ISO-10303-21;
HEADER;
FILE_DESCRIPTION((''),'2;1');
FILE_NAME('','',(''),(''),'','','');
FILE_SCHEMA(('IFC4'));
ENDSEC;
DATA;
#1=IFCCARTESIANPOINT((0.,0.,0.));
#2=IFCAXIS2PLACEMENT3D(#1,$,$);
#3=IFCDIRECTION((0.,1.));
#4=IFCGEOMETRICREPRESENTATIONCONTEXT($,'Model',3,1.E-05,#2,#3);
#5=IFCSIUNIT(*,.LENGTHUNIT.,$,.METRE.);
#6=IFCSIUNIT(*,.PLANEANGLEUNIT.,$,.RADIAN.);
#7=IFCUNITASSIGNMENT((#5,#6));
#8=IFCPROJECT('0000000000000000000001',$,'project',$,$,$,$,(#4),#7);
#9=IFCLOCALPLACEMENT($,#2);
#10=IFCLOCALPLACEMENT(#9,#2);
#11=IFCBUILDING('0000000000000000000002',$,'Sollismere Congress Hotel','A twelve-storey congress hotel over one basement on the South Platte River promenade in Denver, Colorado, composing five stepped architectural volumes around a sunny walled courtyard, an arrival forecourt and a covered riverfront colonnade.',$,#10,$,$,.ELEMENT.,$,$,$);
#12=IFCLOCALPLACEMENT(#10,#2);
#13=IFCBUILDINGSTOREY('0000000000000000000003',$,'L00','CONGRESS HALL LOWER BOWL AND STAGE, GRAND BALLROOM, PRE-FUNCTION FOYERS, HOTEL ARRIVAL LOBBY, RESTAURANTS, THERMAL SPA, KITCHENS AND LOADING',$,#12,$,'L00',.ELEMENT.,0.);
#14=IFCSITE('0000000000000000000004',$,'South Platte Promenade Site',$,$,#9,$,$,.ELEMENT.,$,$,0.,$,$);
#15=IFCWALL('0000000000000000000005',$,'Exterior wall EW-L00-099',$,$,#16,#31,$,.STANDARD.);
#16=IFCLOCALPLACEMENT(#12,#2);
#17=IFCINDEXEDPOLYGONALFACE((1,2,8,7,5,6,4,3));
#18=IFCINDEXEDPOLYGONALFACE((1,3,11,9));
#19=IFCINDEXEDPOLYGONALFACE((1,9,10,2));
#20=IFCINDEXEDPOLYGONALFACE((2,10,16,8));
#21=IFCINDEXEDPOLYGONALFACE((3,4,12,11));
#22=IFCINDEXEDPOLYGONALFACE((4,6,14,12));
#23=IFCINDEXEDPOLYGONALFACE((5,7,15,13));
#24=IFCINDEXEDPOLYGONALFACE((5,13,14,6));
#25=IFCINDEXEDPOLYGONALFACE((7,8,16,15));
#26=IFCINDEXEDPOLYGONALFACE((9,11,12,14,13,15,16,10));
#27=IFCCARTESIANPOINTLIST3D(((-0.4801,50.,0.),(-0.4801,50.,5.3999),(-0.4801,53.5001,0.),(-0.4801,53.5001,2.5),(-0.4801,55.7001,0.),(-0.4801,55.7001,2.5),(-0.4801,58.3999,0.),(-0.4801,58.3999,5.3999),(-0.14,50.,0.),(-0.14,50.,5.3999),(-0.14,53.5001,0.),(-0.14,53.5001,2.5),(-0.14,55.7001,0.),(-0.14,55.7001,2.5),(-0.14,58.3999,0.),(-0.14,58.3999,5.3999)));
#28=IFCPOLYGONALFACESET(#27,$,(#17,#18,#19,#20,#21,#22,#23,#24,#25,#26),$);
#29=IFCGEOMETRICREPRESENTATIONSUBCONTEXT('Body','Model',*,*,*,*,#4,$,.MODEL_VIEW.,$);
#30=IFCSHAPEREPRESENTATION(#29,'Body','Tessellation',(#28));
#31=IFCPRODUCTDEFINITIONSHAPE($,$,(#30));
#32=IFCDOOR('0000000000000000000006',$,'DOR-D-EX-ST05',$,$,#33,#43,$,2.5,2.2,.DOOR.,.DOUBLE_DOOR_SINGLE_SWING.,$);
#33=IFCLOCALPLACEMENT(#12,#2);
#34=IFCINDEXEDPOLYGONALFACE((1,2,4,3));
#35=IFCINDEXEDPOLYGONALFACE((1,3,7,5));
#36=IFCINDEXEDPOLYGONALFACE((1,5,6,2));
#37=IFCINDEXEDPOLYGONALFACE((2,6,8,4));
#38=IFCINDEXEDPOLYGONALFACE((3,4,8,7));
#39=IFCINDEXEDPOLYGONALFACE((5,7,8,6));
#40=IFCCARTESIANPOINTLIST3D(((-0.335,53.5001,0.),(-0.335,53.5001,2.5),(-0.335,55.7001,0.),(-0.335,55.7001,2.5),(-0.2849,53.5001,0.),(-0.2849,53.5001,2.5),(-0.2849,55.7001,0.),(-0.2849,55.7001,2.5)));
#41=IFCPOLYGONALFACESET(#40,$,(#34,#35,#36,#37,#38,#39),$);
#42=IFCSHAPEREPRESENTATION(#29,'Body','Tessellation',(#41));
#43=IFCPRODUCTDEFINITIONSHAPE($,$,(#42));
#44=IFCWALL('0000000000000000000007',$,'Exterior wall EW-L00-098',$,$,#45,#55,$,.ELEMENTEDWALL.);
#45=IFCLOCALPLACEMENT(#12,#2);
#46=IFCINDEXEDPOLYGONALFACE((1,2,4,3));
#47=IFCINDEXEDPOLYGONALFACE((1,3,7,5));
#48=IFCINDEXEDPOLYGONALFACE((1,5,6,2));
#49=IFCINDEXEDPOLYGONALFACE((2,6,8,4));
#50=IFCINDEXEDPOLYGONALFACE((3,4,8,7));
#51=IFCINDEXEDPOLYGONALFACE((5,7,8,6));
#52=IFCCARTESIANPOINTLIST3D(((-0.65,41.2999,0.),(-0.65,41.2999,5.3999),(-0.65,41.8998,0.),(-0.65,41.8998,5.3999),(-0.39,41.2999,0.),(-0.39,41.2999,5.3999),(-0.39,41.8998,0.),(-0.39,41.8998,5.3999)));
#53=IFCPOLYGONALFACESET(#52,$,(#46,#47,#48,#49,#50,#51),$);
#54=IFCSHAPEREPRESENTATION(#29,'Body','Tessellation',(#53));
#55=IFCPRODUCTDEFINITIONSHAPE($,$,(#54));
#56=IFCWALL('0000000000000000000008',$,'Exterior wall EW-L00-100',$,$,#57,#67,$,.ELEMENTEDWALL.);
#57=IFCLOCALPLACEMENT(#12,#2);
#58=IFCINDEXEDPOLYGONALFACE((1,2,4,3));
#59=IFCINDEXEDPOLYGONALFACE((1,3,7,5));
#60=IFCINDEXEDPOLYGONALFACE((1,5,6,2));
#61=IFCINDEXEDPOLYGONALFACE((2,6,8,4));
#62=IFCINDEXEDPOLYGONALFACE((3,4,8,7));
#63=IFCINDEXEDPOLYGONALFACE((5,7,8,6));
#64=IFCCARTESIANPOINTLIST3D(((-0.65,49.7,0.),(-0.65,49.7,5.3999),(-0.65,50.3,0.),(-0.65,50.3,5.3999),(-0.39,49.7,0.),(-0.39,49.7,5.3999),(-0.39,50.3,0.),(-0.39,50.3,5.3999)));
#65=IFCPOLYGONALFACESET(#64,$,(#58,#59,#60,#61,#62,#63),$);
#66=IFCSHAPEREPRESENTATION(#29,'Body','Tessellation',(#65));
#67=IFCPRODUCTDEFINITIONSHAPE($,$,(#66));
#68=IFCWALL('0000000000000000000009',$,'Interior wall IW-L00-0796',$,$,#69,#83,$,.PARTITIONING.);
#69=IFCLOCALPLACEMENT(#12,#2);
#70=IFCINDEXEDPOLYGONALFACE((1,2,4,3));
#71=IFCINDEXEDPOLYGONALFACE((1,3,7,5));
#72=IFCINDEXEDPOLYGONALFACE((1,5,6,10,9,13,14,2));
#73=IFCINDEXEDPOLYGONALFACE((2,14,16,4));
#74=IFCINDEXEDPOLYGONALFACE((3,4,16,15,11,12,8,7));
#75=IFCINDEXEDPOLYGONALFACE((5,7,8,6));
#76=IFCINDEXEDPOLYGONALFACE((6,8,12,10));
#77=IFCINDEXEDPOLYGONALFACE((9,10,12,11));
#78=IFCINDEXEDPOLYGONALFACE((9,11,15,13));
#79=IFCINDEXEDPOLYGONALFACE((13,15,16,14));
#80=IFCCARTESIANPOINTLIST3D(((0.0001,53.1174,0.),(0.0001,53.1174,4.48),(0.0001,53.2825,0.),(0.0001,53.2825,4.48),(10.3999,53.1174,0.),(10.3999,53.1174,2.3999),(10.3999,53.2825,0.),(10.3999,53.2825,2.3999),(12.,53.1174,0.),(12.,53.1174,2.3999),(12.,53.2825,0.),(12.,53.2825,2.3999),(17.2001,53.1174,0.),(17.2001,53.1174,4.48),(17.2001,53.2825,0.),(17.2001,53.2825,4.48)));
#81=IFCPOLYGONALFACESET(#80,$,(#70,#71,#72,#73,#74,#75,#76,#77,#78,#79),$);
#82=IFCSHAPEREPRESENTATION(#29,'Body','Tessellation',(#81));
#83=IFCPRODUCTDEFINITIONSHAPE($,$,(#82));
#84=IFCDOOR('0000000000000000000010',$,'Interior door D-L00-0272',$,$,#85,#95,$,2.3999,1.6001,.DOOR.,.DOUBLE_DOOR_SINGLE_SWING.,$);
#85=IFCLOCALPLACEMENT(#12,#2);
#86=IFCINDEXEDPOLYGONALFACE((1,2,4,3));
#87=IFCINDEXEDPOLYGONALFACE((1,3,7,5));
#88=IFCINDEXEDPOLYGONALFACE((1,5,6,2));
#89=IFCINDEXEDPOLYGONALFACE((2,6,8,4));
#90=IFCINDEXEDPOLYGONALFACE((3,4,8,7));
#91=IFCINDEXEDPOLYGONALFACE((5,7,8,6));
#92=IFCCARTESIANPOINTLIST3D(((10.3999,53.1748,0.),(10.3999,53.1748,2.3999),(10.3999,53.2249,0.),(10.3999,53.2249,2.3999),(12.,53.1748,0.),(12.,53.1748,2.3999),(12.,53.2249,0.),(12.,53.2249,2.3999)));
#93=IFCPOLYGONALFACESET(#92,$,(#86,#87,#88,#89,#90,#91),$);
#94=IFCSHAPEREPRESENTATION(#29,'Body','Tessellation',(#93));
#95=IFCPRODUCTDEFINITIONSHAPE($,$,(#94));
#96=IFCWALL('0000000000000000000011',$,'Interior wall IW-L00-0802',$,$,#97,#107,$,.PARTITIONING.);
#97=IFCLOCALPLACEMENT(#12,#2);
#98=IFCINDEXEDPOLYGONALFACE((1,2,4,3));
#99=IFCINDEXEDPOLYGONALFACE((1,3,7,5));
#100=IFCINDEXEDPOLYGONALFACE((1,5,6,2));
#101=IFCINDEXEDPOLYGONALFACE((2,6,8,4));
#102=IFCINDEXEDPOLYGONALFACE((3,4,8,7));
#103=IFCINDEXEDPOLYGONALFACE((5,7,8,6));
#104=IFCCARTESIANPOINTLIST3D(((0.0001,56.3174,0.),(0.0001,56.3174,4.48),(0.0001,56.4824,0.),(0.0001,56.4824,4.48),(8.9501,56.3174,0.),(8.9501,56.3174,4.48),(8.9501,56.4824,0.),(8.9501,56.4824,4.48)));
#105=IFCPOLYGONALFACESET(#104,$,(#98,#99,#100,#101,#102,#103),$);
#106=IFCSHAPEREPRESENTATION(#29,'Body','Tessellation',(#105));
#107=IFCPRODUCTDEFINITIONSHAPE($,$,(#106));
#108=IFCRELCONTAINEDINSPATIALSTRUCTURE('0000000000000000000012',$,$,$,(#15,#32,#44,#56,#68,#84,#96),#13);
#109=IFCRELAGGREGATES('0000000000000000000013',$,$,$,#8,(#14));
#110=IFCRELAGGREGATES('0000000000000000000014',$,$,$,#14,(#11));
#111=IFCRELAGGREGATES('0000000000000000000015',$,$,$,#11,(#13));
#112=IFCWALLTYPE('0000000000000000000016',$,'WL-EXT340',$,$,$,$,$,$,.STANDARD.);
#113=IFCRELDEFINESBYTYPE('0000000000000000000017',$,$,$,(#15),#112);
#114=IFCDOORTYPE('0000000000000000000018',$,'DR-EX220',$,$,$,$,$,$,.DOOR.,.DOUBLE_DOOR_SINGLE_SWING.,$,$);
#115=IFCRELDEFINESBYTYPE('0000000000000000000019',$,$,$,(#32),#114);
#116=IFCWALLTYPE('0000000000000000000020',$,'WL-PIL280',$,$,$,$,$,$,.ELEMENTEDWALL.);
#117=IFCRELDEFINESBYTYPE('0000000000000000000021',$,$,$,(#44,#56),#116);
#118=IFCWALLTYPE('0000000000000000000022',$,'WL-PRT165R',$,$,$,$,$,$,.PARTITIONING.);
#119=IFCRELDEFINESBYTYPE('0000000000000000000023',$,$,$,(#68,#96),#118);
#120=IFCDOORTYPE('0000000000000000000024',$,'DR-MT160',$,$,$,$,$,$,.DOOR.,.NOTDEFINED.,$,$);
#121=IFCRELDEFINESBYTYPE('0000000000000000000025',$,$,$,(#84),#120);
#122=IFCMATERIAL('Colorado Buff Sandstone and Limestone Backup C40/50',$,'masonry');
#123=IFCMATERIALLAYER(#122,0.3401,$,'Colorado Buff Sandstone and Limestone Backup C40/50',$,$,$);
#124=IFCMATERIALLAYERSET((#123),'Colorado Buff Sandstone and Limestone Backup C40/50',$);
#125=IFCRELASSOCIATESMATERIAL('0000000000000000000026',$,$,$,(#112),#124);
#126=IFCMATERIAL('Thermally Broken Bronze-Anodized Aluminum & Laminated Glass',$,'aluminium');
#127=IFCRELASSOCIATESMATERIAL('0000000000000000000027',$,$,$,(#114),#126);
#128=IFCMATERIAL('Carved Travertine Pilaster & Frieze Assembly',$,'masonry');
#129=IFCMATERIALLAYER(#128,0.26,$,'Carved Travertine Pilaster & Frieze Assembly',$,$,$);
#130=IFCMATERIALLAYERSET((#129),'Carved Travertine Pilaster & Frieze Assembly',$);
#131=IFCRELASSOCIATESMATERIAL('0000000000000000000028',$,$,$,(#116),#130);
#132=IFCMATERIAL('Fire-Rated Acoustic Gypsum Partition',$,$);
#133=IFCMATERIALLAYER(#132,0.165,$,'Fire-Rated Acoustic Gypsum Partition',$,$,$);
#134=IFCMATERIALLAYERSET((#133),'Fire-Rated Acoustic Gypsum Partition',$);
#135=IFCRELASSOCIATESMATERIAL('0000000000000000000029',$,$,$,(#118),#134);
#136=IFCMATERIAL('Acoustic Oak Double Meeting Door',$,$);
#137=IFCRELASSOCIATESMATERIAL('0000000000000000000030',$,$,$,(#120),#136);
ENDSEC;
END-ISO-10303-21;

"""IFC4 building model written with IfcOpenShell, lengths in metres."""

from ifc_helpers import new_model, si_unit, direction, frame, frame_2d, origin, place, context, subcontext, project, spatial, rectangle, extrude, material, layer, layer_set, type_object, element, fill, save


model = new_model("IFC4")

# Units and contexts
model_context = context("Model", 3, precision=1e-05, world=origin(), true_north=direction((0.0, 1.0)))
body_context = subcontext(model_context, "Body", "Model", "MODEL_VIEW")
ifc_project = project(units=[si_unit("LENGTHUNIT", "METRE"), si_unit("PLANEANGLEUNIT", "RADIAN")], contexts=[model_context])

# Site, building, storey
site_placement = place(None, origin())
site = spatial("IfcSite", under=ifc_project, at=site_placement, Name="South Platte Promenade Site", CompositionType="ELEMENT", RefElevation=0.0)
building_placement = place(site_placement, origin())
building = spatial("IfcBuilding", under=site, at=building_placement, Name="Sollismere Congress Hotel", Description="A twelve-storey congress hotel over one basement on the South Platte River promenade in Denver, Colorado, composing five stepped architectural volumes around a sunny walled courtyard, an arrival forecourt and a covered riverfront colonnade.", CompositionType="ELEMENT")
storey_placement = place(building_placement, origin())
storey = spatial("IfcBuildingStorey", under=building, at=storey_placement, Name="L00", Description="CONGRESS HALL LOWER BOWL AND STAGE, GRAND BALLROOM, PRE-FUNCTION FOYERS, HOTEL ARRIVAL LOBBY, RESTAURANTS, THERMAL SPA, KITCHENS AND LOADING", LongName="L00", CompositionType="ELEMENT", Elevation=0.0)

# Wall, opening, door
ifc_material_1 = material(Name="Colorado Buff Sandstone and Limestone Backup C40/50", Category="masonry")
ifc_layer_1 = layer(ifc_material_1, 0.3401, Name="Colorado Buff Sandstone and Limestone Backup C40/50")
ifc_layer_set_1 = layer_set([ifc_layer_1], Name="Colorado Buff Sandstone and Limestone Backup C40/50")
wall_type_1 = type_object("IfcWallType", Name="WL-EXT340", PredefinedType="STANDARD", material=ifc_layer_set_1)
ifc_material_2 = material(Name="Thermally Broken Bronze-Anodized Aluminum & Laminated Glass", Category="aluminium")
wall_1_placement = place(storey_placement, frame((-0.3101, 50.0, 0.0), z_axis=(0.0, 0.0, 1.0), x_axis=(0.0, 1.0, 0.0)))
wall_1 = element("IfcWall", 1, at=wall_1_placement, inside=storey, type_object=wall_type_1, Name="Exterior wall EW-L00-099", PredefinedType="STANDARD", context=body_context, shape_type="SweptSolid", body=[
    extrude(rectangle(XDim=8.3999, YDim=0.3401, at=frame_2d((4.2, 0.0))), origin(), (0.0, 0.0, 1.0), 5.3999),
])
opening_1_placement = place(wall_1_placement, frame((3.5, 0.0, 0.0)))
opening_1 = element("IfcOpeningElement", 2, at=opening_1_placement, cuts=wall_1, PredefinedType="OPENING", context=body_context, shape_type="SweptSolid", body=[
    extrude(rectangle(XDim=2.2, YDim=2.5, at=frame_2d((1.1001, 1.25))), frame((0.0, 0.1799, 0.0), z_axis=(0.0, -1.0, 0.0), x_axis=(1.0, 0.0, 0.0)), (0.0, 0.0, 1.0), 0.3601),
])
door_type_1 = type_object("IfcDoorType", Name="DR-EX220", OperationType="DOUBLE_DOOR_SINGLE_SWING", PredefinedType="DOOR", material=ifc_material_2)
door_1_placement = place(opening_1_placement, origin())
door_1 = element("IfcDoor", 3, at=door_1_placement, inside=storey, type_object=door_type_1, Name="DOR-D-EX-ST05", OperationType="DOUBLE_DOOR_SINGLE_SWING", OverallHeight=2.5, OverallWidth=2.2, PredefinedType="DOOR", context=body_context, shape_type="SweptSolid", body=[
    extrude(rectangle(XDim=2.2, YDim=2.5, at=frame_2d((1.1001, 1.25))), frame((0.0, 0.0249, 0.0), z_axis=(0.0, -1.0, 0.0), x_axis=(1.0, 0.0, 0.0)), (0.0, 0.0, 1.0), 0.05),
])
fill(opening_1, door_1)

# Walls
ifc_material_3 = material(Name="Carved Travertine Pilaster & Frieze Assembly", Category="masonry")
ifc_layer_2 = layer(ifc_material_3, 0.26, Name="Carved Travertine Pilaster & Frieze Assembly")
ifc_layer_set_2 = layer_set([ifc_layer_2], Name="Carved Travertine Pilaster & Frieze Assembly")
wall_type_2 = type_object("IfcWallType", Name="WL-PIL280", PredefinedType="ELEMENTEDWALL", material=ifc_layer_set_2)
wall_2_placement = place(storey_placement, frame((-0.52, 41.3, 0.0), z_axis=(0.0, 0.0, 1.0), x_axis=(0.0, 1.0, 0.0)))
element("IfcWall", 4, at=wall_2_placement, inside=storey, type_object=wall_type_2, Name="Exterior wall EW-L00-098", PredefinedType="ELEMENTEDWALL", context=body_context, shape_type="SweptSolid", body=[
    extrude(rectangle(XDim=0.5999, YDim=0.26, at=frame_2d((0.2998, 0.0))), origin(), (0.0, 0.0, 1.0), 5.3999),
])
wall_3_placement = place(storey_placement, frame((-0.52, 49.7, 0.0), z_axis=(0.0, 0.0, 1.0), x_axis=(0.0, 1.0, 0.0)))
element("IfcWall", 5, at=wall_3_placement, inside=storey, type_object=wall_type_2, Name="Exterior wall EW-L00-100", PredefinedType="ELEMENTEDWALL", context=body_context, shape_type="SweptSolid", body=[
    extrude(rectangle(XDim=0.6001, YDim=0.26, at=frame_2d((0.3, 0.0))), origin(), (0.0, 0.0, 1.0), 5.3999),
])

# Wall, opening, door
ifc_material_4 = material(Name="Fire-Rated Acoustic Gypsum Partition")
ifc_layer_3 = layer(ifc_material_4, 0.165, Name="Fire-Rated Acoustic Gypsum Partition")
ifc_layer_set_3 = layer_set([ifc_layer_3], Name="Fire-Rated Acoustic Gypsum Partition")
wall_type_3 = type_object("IfcWallType", Name="WL-PRT165R", PredefinedType="PARTITIONING", material=ifc_layer_set_3)
wall_4_placement = place(storey_placement, frame((0.0, 53.2, 0.0), z_axis=(0.0, 0.0, 1.0), x_axis=(1.0, 0.0, 0.0)))
wall_4 = element("IfcWall", 6, at=wall_4_placement, inside=storey, type_object=wall_type_3, Name="Interior wall IW-L00-0796", PredefinedType="PARTITIONING", context=body_context, shape_type="SweptSolid", body=[
    extrude(rectangle(XDim=17.2, YDim=0.165, at=frame_2d((8.6001, 0.0))), origin(), (0.0, 0.0, 1.0), 4.48),
])
opening_2_placement = place(wall_4_placement, frame((10.3999, 0.0, 0.0)))
opening_2 = element("IfcOpeningElement", 7, at=opening_2_placement, cuts=wall_4, PredefinedType="OPENING", context=body_context, shape_type="SweptSolid", body=[
    extrude(rectangle(XDim=1.6001, YDim=2.3999, at=frame_2d((0.8, 1.2))), frame((0.0, 0.0925, 0.0), z_axis=(0.0, -1.0, 0.0), x_axis=(1.0, 0.0, 0.0)), (0.0, 0.0, 1.0), 0.1851),
])
ifc_material_5 = material(Name="Acoustic Oak Double Meeting Door")
door_type_2 = type_object("IfcDoorType", Name="DR-MT160", OperationType="NOTDEFINED", PredefinedType="DOOR", material=ifc_material_5)
door_2_placement = place(opening_2_placement, origin())
door_2 = element("IfcDoor", 8, at=door_2_placement, inside=storey, type_object=door_type_2, Name="Interior door D-L00-0272", OperationType="DOUBLE_DOOR_SINGLE_SWING", OverallHeight=2.3999, OverallWidth=1.6001, PredefinedType="DOOR", context=body_context, shape_type="SweptSolid", body=[
    extrude(rectangle(XDim=1.6001, YDim=2.3999, at=frame_2d((0.8, 1.2))), frame((0.0, 0.0249, 0.0), z_axis=(0.0, -1.0, 0.0), x_axis=(1.0, 0.0, 0.0)), (0.0, 0.0, 1.0), 0.05),
])
fill(opening_2, door_2)

# Wall
wall_5_placement = place(storey_placement, frame((0.0, 56.3999, 0.0), z_axis=(0.0, 0.0, 1.0), x_axis=(1.0, 0.0, 0.0)))
element("IfcWall", 9, at=wall_5_placement, inside=storey, type_object=wall_type_3, Name="Interior wall IW-L00-0802", PredefinedType="PARTITIONING", context=body_context, shape_type="SweptSolid", body=[
    extrude(rectangle(XDim=8.95, YDim=0.165, at=frame_2d((4.4751, 0.0))), origin(), (0.0, 0.0, 1.0), 4.48),
])

save(model, "model.ifc")
